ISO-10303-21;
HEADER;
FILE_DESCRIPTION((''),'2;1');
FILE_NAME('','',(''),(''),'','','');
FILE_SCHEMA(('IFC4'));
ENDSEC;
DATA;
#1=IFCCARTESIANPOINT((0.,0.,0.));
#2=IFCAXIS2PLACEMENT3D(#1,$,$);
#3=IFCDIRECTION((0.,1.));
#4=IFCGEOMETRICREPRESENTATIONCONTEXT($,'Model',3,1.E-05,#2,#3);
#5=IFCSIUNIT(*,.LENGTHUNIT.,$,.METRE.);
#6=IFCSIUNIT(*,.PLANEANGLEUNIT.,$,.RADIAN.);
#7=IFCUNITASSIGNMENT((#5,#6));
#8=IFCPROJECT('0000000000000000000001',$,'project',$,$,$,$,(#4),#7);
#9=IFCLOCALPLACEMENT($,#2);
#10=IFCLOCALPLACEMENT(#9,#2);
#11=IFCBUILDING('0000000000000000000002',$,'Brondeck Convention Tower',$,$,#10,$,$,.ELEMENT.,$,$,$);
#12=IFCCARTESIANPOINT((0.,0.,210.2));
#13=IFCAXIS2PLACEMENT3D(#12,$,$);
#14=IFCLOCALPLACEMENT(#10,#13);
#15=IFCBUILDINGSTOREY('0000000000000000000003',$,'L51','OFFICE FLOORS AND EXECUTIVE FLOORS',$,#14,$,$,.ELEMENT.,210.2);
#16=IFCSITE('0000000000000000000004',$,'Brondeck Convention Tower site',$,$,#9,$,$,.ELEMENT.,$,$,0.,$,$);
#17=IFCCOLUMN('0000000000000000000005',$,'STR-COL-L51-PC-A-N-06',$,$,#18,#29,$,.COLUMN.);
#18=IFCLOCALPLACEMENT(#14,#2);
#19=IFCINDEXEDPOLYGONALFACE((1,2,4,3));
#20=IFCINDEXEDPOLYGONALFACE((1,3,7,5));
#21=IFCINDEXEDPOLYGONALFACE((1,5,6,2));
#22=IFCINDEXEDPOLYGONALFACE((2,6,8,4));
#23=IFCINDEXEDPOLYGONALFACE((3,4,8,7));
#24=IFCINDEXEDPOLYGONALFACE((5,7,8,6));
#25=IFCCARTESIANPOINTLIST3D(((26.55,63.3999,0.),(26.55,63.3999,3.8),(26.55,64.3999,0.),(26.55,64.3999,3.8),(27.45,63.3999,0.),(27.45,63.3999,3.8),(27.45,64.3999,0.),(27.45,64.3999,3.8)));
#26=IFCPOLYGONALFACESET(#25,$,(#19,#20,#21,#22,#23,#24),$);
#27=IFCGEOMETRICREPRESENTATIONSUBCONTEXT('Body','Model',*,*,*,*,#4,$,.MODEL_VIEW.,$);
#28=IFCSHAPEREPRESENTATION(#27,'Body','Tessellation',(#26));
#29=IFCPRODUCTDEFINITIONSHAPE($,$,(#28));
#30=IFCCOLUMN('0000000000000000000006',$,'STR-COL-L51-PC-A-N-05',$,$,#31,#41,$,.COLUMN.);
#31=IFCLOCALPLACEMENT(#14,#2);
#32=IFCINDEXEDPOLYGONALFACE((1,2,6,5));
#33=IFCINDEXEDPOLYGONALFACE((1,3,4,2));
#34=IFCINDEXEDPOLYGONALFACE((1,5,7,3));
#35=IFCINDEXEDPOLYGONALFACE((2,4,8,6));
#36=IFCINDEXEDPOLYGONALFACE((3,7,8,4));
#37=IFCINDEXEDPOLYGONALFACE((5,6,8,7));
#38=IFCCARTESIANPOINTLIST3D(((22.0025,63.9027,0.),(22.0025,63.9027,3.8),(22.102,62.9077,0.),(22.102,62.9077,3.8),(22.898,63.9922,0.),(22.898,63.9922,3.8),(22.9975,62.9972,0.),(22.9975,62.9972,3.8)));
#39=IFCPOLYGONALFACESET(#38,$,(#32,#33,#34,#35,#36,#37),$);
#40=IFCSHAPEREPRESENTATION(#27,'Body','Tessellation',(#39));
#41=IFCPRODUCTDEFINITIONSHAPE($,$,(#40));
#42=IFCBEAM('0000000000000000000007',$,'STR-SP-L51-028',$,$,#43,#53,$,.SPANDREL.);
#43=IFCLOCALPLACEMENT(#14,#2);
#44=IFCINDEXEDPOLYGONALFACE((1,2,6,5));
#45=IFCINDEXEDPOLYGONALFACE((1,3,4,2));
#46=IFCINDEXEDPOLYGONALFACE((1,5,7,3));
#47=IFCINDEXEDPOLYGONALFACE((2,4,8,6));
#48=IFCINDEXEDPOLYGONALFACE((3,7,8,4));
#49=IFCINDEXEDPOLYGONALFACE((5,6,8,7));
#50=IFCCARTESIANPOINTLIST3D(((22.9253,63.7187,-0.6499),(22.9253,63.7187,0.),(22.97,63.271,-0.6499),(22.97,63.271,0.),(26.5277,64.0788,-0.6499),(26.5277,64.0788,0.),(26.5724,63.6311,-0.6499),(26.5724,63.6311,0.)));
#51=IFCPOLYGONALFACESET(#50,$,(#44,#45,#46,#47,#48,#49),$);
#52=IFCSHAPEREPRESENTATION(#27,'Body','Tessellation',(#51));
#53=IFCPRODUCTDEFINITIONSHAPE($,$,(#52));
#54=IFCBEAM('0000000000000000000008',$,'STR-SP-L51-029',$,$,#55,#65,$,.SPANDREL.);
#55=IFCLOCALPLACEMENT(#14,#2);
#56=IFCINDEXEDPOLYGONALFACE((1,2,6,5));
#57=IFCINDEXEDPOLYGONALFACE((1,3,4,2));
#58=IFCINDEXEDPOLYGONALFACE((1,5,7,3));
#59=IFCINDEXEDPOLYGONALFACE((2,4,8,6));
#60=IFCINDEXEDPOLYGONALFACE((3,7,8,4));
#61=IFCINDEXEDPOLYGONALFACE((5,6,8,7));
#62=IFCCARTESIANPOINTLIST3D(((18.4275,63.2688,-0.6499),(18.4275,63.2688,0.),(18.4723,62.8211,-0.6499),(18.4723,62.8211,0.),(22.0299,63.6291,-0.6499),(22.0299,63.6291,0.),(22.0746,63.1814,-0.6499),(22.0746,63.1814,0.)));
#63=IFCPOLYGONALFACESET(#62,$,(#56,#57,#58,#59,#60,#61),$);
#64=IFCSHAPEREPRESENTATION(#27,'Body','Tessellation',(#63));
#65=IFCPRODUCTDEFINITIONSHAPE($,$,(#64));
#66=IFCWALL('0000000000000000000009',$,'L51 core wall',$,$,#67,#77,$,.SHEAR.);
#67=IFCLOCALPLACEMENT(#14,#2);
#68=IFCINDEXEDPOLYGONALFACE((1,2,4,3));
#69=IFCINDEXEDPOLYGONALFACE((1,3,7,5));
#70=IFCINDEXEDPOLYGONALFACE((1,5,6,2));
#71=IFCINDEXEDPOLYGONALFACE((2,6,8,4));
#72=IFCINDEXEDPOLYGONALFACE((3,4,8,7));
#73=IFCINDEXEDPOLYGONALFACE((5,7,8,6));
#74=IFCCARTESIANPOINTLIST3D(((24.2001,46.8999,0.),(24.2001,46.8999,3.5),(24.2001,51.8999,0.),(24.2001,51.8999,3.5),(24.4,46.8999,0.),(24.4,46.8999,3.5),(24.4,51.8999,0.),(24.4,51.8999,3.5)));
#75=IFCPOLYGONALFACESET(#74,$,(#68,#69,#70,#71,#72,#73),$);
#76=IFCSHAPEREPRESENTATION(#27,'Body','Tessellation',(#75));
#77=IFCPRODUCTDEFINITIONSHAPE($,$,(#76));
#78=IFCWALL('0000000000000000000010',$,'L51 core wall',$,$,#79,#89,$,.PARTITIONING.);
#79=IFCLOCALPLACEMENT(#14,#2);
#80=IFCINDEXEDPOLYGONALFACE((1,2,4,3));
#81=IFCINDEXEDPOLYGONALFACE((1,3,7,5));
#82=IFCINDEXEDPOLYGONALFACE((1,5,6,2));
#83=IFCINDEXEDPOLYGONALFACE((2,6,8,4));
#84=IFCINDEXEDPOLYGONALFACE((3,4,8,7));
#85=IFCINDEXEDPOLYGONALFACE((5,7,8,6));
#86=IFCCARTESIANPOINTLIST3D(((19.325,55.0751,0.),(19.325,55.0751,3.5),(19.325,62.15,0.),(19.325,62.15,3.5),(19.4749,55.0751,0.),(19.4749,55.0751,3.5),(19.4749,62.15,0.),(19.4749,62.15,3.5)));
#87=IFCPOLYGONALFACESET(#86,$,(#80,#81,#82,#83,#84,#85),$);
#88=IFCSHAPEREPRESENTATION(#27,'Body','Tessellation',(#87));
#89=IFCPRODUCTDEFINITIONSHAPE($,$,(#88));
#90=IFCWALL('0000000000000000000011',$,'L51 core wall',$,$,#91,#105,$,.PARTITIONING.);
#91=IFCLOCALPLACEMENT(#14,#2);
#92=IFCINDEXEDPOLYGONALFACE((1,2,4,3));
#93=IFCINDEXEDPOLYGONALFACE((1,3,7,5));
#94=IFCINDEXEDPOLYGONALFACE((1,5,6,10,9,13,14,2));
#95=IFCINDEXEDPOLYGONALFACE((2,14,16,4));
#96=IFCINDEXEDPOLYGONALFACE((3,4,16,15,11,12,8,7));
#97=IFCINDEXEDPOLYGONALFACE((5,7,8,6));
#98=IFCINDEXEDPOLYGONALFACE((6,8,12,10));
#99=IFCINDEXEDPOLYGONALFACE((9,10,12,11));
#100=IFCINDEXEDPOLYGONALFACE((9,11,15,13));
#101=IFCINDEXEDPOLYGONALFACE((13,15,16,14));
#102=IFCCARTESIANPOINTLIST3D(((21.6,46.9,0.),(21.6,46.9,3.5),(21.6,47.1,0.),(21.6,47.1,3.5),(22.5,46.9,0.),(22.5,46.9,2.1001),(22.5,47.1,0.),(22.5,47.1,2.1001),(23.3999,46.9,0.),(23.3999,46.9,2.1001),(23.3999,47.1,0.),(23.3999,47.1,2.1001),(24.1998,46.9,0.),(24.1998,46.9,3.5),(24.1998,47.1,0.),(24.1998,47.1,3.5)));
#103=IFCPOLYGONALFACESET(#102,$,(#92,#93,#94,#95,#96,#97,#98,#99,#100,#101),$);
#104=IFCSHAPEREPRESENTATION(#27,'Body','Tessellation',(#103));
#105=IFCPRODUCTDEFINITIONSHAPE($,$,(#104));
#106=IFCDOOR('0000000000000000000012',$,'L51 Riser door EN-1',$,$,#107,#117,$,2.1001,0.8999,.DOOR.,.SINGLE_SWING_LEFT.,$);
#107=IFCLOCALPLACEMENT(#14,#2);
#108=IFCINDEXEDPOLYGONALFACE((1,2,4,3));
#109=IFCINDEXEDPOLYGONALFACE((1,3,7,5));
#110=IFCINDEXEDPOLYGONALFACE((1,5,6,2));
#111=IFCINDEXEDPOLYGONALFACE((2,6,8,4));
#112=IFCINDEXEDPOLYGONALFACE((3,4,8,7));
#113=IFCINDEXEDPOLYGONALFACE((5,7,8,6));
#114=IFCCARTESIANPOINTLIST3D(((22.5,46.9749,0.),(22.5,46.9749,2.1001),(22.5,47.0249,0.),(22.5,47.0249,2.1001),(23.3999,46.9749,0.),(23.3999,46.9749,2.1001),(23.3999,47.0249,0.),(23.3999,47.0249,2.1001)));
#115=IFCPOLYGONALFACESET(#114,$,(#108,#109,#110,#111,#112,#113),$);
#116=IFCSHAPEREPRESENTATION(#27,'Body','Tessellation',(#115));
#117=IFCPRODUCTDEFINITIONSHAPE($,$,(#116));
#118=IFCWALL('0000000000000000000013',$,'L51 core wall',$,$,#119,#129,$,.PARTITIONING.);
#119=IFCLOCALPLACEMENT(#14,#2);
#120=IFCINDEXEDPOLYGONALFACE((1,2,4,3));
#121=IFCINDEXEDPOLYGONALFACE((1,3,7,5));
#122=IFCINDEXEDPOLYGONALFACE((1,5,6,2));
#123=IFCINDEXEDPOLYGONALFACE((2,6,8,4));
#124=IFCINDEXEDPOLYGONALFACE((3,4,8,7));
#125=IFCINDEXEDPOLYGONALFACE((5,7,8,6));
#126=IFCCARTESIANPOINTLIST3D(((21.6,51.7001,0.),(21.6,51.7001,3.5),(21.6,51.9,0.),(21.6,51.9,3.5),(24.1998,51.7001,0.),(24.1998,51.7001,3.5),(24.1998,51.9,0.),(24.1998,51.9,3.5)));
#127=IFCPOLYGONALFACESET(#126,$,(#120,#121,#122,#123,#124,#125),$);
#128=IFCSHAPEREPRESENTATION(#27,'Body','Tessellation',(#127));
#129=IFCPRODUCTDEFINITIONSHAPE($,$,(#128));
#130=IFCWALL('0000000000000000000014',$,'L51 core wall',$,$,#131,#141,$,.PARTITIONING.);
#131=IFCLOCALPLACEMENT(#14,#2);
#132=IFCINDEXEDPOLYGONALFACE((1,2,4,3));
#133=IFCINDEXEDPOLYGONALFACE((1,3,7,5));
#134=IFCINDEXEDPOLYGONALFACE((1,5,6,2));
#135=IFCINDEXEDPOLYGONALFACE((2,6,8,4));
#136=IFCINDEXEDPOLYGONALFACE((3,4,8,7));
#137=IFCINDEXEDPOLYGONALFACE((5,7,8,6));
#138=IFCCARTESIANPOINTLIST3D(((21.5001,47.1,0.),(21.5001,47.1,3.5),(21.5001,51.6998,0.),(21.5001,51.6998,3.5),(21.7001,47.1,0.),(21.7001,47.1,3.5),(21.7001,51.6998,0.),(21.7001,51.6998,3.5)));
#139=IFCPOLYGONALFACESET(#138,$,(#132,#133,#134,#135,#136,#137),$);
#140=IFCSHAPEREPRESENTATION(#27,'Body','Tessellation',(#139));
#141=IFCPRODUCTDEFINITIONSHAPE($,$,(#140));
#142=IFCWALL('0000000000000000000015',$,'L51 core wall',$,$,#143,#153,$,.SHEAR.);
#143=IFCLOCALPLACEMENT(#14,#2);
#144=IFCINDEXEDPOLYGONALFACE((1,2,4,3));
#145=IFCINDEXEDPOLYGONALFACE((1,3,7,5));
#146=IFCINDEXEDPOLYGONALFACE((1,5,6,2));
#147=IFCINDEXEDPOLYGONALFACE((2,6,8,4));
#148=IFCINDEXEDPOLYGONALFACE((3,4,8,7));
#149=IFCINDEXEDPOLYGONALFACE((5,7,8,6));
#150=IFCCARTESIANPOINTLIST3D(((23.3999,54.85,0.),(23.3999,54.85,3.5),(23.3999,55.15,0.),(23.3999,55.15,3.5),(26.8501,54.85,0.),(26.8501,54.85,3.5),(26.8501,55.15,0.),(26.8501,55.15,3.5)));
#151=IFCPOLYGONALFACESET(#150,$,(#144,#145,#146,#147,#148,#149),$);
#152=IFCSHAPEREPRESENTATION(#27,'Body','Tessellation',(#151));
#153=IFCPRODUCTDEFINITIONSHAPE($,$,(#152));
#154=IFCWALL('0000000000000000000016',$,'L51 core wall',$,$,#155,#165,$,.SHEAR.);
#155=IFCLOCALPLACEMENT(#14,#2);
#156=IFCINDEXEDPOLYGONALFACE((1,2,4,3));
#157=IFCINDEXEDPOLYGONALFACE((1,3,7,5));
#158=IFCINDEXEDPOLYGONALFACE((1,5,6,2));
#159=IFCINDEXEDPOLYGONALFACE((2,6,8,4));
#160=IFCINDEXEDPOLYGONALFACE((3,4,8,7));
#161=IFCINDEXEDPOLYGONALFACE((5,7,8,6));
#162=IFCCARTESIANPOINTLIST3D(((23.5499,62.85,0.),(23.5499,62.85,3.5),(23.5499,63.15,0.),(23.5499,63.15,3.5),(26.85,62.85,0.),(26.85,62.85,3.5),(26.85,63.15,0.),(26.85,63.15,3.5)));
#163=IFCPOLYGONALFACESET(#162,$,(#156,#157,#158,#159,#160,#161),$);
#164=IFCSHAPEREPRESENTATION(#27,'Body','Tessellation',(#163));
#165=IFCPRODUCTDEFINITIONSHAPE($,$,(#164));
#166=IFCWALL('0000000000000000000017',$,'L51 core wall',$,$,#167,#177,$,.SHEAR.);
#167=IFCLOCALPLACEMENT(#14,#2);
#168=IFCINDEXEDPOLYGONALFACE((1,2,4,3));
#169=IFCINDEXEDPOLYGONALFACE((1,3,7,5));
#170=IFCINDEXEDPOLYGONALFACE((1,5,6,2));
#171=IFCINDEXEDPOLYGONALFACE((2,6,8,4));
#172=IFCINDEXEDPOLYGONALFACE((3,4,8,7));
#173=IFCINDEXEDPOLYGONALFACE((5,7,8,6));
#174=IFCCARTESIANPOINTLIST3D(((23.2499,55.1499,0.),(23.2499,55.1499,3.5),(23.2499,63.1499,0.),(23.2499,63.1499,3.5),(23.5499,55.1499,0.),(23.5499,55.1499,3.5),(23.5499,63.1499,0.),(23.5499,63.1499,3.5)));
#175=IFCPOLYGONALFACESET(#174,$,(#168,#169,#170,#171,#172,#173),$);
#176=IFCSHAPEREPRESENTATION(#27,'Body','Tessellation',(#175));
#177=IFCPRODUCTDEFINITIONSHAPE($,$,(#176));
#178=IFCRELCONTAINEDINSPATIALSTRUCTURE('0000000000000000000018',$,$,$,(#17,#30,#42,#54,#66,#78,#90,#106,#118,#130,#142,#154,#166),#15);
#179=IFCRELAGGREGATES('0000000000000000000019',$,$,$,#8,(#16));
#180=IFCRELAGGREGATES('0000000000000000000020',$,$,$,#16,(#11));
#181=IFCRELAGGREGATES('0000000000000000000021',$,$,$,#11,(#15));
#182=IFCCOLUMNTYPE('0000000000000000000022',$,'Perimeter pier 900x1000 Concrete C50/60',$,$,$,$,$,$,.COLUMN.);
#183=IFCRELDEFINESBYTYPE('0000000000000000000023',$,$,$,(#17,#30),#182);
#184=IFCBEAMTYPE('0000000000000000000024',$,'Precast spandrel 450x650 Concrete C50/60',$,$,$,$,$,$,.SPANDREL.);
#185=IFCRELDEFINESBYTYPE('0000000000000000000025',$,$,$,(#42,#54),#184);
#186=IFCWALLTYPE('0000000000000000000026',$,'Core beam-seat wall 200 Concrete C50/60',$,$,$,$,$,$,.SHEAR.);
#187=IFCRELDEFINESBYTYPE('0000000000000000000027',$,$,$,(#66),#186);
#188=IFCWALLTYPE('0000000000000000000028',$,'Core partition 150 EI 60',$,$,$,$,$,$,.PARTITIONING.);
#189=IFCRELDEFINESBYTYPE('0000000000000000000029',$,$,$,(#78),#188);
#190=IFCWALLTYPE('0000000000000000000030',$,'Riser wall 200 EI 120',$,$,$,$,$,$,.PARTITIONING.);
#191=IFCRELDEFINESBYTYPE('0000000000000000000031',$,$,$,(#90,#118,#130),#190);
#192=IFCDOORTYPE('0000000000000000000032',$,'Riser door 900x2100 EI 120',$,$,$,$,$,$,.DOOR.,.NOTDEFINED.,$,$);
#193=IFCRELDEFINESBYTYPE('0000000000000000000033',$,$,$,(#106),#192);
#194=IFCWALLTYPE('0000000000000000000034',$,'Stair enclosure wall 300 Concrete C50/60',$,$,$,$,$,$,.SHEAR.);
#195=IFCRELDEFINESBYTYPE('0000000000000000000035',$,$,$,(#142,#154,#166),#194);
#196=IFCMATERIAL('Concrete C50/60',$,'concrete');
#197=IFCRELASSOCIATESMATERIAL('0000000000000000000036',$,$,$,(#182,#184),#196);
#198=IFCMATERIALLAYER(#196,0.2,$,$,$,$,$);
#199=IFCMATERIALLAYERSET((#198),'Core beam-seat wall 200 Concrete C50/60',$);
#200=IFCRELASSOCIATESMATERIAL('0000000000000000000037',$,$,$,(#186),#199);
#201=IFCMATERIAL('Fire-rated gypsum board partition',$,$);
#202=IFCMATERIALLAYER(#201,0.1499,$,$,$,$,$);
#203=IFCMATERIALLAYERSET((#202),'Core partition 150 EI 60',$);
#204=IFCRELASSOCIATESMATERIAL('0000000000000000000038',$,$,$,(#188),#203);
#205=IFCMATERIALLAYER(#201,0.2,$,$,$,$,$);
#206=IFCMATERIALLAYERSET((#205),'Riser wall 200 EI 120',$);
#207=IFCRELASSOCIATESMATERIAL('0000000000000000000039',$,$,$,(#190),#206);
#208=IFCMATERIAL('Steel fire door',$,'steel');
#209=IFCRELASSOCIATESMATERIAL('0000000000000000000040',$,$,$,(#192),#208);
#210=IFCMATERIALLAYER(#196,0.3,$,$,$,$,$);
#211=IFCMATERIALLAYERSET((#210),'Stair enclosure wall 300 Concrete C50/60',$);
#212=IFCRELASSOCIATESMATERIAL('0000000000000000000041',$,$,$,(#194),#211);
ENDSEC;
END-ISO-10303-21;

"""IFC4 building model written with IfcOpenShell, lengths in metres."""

from ifc_helpers import new_model, si_unit, direction, frame, frame_2d, origin, origin_2d, place, context, subcontext, project, spatial, rectangle, extrude, material, layer, layer_set, material_profile, profile_set, type_object, element, fill, save


model = new_model("IFC4")

# Units and contexts
model_context = context("Model", 3, precision=1e-05, world=origin(), true_north=direction((0.0, 1.0)))
body_context = subcontext(model_context, "Body", "Model", "MODEL_VIEW")
ifc_project = project(units=[si_unit("LENGTHUNIT", "METRE"), si_unit("PLANEANGLEUNIT", "RADIAN")], contexts=[model_context])

# Site, building, storey
site_placement = place(None, origin())
site = spatial("IfcSite", under=ifc_project, at=site_placement, Name="Brondeck Convention Tower site", CompositionType="ELEMENT", RefElevation=0.0)
building_placement = place(site_placement, origin())
building = spatial("IfcBuilding", under=site, at=building_placement, Name="Brondeck Convention Tower", CompositionType="ELEMENT")
storey_placement = place(building_placement, frame((0.0, 0.0, 210.2)))
storey = spatial("IfcBuildingStorey", under=building, at=storey_placement, Name="L51", Description="OFFICE FLOORS AND EXECUTIVE FLOORS", CompositionType="ELEMENT", Elevation=210.2)

# Columns
ifc_material_1 = material(Name="Concrete C50/60", Category="concrete")
ifc_material_profile_1 = material_profile(ifc_material_1, rectangle(XDim=0.8999, YDim=1.0, at=origin_2d()), Name="Perimeter pier 900x1000 Concrete C50/60")
ifc_profile_set_1 = profile_set([ifc_material_profile_1], Name="Concrete C50/60")
column_type = type_object("IfcColumnType", Name="Perimeter pier 900x1000 Concrete C50/60", PredefinedType="COLUMN", material=ifc_profile_set_1)
for number, where, z_axis, x_axis, name in (
    (1, (27.0, 63.8999, 0.0), (0.0, 0.0, 1.0), (-1.0, 0.0, 0.0), "STR-COL-L51-PC-A-N-06"),
    (2, (22.5, 63.45, 0.0), (0.0, 0.0, 1.0), (-0.995037, -0.099504, 0.0), "STR-COL-L51-PC-A-N-05"),
):
    element("IfcColumn", number, at=place(storey_placement, frame(where, z_axis=z_axis, x_axis=x_axis)), inside=storey, type_object=column_type, Name=name, PredefinedType="COLUMN", context=body_context, shape_type="SweptSolid", body=[
        extrude(rectangle(XDim=0.8999, YDim=1.0, at=origin_2d()), origin(), (0.0, 0.0, 1.0), 3.8),
    ])

# Beams
ifc_material_profile_2 = material_profile(ifc_material_1, rectangle(XDim=0.45, YDim=0.6499, at=origin_2d()), Name="Precast spandrel 450x650 Concrete C50/60")
ifc_profile_set_2 = profile_set([ifc_material_profile_2], Name="Concrete C50/60")
beam_type = type_object("IfcBeamType", Name="Precast spandrel 450x650 Concrete C50/60", PredefinedType="SPANDREL", material=ifc_profile_set_2)
for number, where, z_axis, x_axis, name in (
    (3, (26.55, 63.855, -0.325), (-0.995041, -0.09947, 0.0), (0.09947, -0.995041, 0.0), "STR-SP-L51-028"),
    (4, (22.0522, 63.4053, -0.325), (-0.995034, -0.099537, 0.0), (0.099537, -0.995034, 0.0), "STR-SP-L51-029"),
):
    element("IfcBeam", number, at=place(storey_placement, frame(where, z_axis=z_axis, x_axis=x_axis)), inside=storey, type_object=beam_type, Name=name, PredefinedType="SPANDREL", context=body_context, shape_type="SweptSolid", body=[
        extrude(rectangle(XDim=0.45, YDim=0.6499, at=origin_2d()), origin(), (0.0, 0.0, 1.0), 3.6204),
    ])

# Walls
ifc_layer_1 = layer(ifc_material_1, 0.2)
ifc_layer_set_1 = layer_set([ifc_layer_1], Name="Core beam-seat wall 200 Concrete C50/60")
wall_type_1 = type_object("IfcWallType", Name="Core beam-seat wall 200 Concrete C50/60", PredefinedType="SHEAR", material=ifc_layer_set_1)
wall_1_placement = place(storey_placement, frame((24.3, 46.8999, 0.0), z_axis=(0.0, 0.0, 1.0), x_axis=(0.0, 1.0, 0.0)))
element("IfcWall", 5, at=wall_1_placement, inside=storey, type_object=wall_type_1, Name="L51 core wall", PredefinedType="SHEAR", context=body_context, shape_type="SweptSolid", body=[
    extrude(rectangle(XDim=5.0, YDim=0.2, at=frame_2d((2.5, 0.0))), origin(), (0.0, 0.0, 1.0), 3.5),
])
ifc_material_2 = material(Name="Fire-rated gypsum board partition")
ifc_layer_2 = layer(ifc_material_2, 0.1499)
ifc_layer_set_2 = layer_set([ifc_layer_2], Name="Core partition 150 EI 60")
wall_type_2 = type_object("IfcWallType", Name="Core partition 150 EI 60", PredefinedType="PARTITIONING", material=ifc_layer_set_2)
wall_2_placement = place(storey_placement, frame((19.3999, 55.075, 0.0), z_axis=(0.0, 0.0, 1.0), x_axis=(0.0, 1.0, 0.0)))
element("IfcWall", 6, at=wall_2_placement, inside=storey, type_object=wall_type_2, Name="L51 core wall", PredefinedType="PARTITIONING", context=body_context, shape_type="SweptSolid", body=[
    extrude(rectangle(XDim=7.075, YDim=0.1499, at=frame_2d((3.5376, 0.0))), origin(), (0.0, 0.0, 1.0), 3.5),
])

# Wall, opening, door
ifc_layer_3 = layer(ifc_material_2, 0.2)
ifc_layer_set_3 = layer_set([ifc_layer_3], Name="Riser wall 200 EI 120")
wall_type_3 = type_object("IfcWallType", Name="Riser wall 200 EI 120", PredefinedType="PARTITIONING", material=ifc_layer_set_3)
wall_3_placement = place(storey_placement, frame((21.6001, 47.0, 0.0), z_axis=(0.0, 0.0, 1.0), x_axis=(1.0, 0.0, 0.0)))
wall_3 = element("IfcWall", 7, at=wall_3_placement, inside=storey, type_object=wall_type_3, Name="L51 core wall", PredefinedType="PARTITIONING", context=body_context, shape_type="SweptSolid", body=[
    extrude(rectangle(XDim=2.5999, YDim=0.2, at=frame_2d((1.2998, 0.0))), origin(), (0.0, 0.0, 1.0), 3.5),
])
opening_1_placement = place(wall_3_placement, frame((0.8999, 0.0, 0.0)))
opening_1 = element("IfcOpeningElement", 8, at=opening_1_placement, cuts=wall_3, PredefinedType="OPENING", context=body_context, shape_type="SweptSolid", body=[
    extrude(rectangle(XDim=0.8999, YDim=2.1001, at=frame_2d((0.45, 1.05))), frame((0.0, 0.1099, 0.0), z_axis=(0.0, -1.0, 0.0), x_axis=(1.0, 0.0, 0.0)), (0.0, 0.0, 1.0), 0.22),
])
ifc_material_3 = material(Name="Steel fire door", Category="steel")
door_type_1 = type_object("IfcDoorType", Name="Riser door 900x2100 EI 120", OperationType="NOTDEFINED", PredefinedType="DOOR", material=ifc_material_3)
door_1_placement = place(opening_1_placement, origin())
door_1 = element("IfcDoor", 9, at=door_1_placement, inside=storey, type_object=door_type_1, Name="L51 Riser door EN-1", OperationType="SINGLE_SWING_LEFT", OverallHeight=2.1001, OverallWidth=0.8999, PredefinedType="DOOR", context=body_context, shape_type="SweptSolid", body=[
    extrude(rectangle(XDim=0.8999, YDim=2.1001, at=frame_2d((0.45, 1.05))), frame((0.0, 0.0249, 0.0), z_axis=(0.0, -1.0, 0.0), x_axis=(1.0, 0.0, 0.0)), (0.0, 0.0, 1.0), 0.05),
])
fill(opening_1, door_1)

# Walls
wall_4_placement = place(storey_placement, frame((21.6001, 51.8, 0.0), z_axis=(0.0, 0.0, 1.0), x_axis=(1.0, 0.0, 0.0)))
element("IfcWall", 10, at=wall_4_placement, inside=storey, type_object=wall_type_3, Name="L51 core wall", PredefinedType="PARTITIONING", context=body_context, shape_type="SweptSolid", body=[
    extrude(rectangle(XDim=2.5999, YDim=0.2, at=frame_2d((1.2998, 0.0))), origin(), (0.0, 0.0, 1.0), 3.5),
])
wall_5_placement = place(storey_placement, frame((21.6001, 47.1001, 0.0), z_axis=(0.0, 0.0, 1.0), x_axis=(0.0, 1.0, 0.0)))
element("IfcWall", 11, at=wall_5_placement, inside=storey, type_object=wall_type_3, Name="L51 core wall", PredefinedType="PARTITIONING", context=body_context, shape_type="SweptSolid", body=[
    extrude(rectangle(XDim=4.5999, YDim=0.2, at=frame_2d((2.2998, 0.0))), origin(), (0.0, 0.0, 1.0), 3.5),
])
ifc_layer_4 = layer(ifc_material_1, 0.3)
ifc_layer_set_4 = layer_set([ifc_layer_4], Name="Stair enclosure wall 300 Concrete C50/60")
wall_type_4 = type_object("IfcWallType", Name="Stair enclosure wall 300 Concrete C50/60", PredefinedType="SHEAR", material=ifc_layer_set_4)
wall_6_placement = place(storey_placement, frame((23.3999, 55.0, 0.0), z_axis=(0.0, 0.0, 1.0), x_axis=(1.0, 0.0, 0.0)))
element("IfcWall", 12, at=wall_6_placement, inside=storey, type_object=wall_type_4, Name="L51 core wall", PredefinedType="SHEAR", context=body_context, shape_type="SweptSolid", body=[
    extrude(rectangle(XDim=3.4502, YDim=0.3, at=frame_2d((1.7251, 0.0))), origin(), (0.0, 0.0, 1.0), 3.5),
])
wall_7_placement = place(storey_placement, frame((23.55, 63.0, 0.0), z_axis=(0.0, 0.0, 1.0), x_axis=(1.0, 0.0, 0.0)))
element("IfcWall", 13, at=wall_7_placement, inside=storey, type_object=wall_type_4, Name="L51 core wall", PredefinedType="SHEAR", context=body_context, shape_type="SweptSolid", body=[
    extrude(rectangle(XDim=3.3, YDim=0.3, at=frame_2d((1.6499, 0.0))), origin(), (0.0, 0.0, 1.0), 3.5),
])
wall_8_placement = place(storey_placement, frame((23.3999, 55.1499, 0.0), z_axis=(0.0, 0.0, 1.0), x_axis=(0.0, 1.0, 0.0)))
element("IfcWall", 14, at=wall_8_placement, inside=storey, type_object=wall_type_4, Name="L51 core wall", PredefinedType="SHEAR", context=body_context, shape_type="SweptSolid", body=[
    extrude(rectangle(XDim=8.0, YDim=0.3, at=frame_2d((4.0, 0.0))), origin(), (0.0, 0.0, 1.0), 3.5),
])

save(model, "model.ifc")
